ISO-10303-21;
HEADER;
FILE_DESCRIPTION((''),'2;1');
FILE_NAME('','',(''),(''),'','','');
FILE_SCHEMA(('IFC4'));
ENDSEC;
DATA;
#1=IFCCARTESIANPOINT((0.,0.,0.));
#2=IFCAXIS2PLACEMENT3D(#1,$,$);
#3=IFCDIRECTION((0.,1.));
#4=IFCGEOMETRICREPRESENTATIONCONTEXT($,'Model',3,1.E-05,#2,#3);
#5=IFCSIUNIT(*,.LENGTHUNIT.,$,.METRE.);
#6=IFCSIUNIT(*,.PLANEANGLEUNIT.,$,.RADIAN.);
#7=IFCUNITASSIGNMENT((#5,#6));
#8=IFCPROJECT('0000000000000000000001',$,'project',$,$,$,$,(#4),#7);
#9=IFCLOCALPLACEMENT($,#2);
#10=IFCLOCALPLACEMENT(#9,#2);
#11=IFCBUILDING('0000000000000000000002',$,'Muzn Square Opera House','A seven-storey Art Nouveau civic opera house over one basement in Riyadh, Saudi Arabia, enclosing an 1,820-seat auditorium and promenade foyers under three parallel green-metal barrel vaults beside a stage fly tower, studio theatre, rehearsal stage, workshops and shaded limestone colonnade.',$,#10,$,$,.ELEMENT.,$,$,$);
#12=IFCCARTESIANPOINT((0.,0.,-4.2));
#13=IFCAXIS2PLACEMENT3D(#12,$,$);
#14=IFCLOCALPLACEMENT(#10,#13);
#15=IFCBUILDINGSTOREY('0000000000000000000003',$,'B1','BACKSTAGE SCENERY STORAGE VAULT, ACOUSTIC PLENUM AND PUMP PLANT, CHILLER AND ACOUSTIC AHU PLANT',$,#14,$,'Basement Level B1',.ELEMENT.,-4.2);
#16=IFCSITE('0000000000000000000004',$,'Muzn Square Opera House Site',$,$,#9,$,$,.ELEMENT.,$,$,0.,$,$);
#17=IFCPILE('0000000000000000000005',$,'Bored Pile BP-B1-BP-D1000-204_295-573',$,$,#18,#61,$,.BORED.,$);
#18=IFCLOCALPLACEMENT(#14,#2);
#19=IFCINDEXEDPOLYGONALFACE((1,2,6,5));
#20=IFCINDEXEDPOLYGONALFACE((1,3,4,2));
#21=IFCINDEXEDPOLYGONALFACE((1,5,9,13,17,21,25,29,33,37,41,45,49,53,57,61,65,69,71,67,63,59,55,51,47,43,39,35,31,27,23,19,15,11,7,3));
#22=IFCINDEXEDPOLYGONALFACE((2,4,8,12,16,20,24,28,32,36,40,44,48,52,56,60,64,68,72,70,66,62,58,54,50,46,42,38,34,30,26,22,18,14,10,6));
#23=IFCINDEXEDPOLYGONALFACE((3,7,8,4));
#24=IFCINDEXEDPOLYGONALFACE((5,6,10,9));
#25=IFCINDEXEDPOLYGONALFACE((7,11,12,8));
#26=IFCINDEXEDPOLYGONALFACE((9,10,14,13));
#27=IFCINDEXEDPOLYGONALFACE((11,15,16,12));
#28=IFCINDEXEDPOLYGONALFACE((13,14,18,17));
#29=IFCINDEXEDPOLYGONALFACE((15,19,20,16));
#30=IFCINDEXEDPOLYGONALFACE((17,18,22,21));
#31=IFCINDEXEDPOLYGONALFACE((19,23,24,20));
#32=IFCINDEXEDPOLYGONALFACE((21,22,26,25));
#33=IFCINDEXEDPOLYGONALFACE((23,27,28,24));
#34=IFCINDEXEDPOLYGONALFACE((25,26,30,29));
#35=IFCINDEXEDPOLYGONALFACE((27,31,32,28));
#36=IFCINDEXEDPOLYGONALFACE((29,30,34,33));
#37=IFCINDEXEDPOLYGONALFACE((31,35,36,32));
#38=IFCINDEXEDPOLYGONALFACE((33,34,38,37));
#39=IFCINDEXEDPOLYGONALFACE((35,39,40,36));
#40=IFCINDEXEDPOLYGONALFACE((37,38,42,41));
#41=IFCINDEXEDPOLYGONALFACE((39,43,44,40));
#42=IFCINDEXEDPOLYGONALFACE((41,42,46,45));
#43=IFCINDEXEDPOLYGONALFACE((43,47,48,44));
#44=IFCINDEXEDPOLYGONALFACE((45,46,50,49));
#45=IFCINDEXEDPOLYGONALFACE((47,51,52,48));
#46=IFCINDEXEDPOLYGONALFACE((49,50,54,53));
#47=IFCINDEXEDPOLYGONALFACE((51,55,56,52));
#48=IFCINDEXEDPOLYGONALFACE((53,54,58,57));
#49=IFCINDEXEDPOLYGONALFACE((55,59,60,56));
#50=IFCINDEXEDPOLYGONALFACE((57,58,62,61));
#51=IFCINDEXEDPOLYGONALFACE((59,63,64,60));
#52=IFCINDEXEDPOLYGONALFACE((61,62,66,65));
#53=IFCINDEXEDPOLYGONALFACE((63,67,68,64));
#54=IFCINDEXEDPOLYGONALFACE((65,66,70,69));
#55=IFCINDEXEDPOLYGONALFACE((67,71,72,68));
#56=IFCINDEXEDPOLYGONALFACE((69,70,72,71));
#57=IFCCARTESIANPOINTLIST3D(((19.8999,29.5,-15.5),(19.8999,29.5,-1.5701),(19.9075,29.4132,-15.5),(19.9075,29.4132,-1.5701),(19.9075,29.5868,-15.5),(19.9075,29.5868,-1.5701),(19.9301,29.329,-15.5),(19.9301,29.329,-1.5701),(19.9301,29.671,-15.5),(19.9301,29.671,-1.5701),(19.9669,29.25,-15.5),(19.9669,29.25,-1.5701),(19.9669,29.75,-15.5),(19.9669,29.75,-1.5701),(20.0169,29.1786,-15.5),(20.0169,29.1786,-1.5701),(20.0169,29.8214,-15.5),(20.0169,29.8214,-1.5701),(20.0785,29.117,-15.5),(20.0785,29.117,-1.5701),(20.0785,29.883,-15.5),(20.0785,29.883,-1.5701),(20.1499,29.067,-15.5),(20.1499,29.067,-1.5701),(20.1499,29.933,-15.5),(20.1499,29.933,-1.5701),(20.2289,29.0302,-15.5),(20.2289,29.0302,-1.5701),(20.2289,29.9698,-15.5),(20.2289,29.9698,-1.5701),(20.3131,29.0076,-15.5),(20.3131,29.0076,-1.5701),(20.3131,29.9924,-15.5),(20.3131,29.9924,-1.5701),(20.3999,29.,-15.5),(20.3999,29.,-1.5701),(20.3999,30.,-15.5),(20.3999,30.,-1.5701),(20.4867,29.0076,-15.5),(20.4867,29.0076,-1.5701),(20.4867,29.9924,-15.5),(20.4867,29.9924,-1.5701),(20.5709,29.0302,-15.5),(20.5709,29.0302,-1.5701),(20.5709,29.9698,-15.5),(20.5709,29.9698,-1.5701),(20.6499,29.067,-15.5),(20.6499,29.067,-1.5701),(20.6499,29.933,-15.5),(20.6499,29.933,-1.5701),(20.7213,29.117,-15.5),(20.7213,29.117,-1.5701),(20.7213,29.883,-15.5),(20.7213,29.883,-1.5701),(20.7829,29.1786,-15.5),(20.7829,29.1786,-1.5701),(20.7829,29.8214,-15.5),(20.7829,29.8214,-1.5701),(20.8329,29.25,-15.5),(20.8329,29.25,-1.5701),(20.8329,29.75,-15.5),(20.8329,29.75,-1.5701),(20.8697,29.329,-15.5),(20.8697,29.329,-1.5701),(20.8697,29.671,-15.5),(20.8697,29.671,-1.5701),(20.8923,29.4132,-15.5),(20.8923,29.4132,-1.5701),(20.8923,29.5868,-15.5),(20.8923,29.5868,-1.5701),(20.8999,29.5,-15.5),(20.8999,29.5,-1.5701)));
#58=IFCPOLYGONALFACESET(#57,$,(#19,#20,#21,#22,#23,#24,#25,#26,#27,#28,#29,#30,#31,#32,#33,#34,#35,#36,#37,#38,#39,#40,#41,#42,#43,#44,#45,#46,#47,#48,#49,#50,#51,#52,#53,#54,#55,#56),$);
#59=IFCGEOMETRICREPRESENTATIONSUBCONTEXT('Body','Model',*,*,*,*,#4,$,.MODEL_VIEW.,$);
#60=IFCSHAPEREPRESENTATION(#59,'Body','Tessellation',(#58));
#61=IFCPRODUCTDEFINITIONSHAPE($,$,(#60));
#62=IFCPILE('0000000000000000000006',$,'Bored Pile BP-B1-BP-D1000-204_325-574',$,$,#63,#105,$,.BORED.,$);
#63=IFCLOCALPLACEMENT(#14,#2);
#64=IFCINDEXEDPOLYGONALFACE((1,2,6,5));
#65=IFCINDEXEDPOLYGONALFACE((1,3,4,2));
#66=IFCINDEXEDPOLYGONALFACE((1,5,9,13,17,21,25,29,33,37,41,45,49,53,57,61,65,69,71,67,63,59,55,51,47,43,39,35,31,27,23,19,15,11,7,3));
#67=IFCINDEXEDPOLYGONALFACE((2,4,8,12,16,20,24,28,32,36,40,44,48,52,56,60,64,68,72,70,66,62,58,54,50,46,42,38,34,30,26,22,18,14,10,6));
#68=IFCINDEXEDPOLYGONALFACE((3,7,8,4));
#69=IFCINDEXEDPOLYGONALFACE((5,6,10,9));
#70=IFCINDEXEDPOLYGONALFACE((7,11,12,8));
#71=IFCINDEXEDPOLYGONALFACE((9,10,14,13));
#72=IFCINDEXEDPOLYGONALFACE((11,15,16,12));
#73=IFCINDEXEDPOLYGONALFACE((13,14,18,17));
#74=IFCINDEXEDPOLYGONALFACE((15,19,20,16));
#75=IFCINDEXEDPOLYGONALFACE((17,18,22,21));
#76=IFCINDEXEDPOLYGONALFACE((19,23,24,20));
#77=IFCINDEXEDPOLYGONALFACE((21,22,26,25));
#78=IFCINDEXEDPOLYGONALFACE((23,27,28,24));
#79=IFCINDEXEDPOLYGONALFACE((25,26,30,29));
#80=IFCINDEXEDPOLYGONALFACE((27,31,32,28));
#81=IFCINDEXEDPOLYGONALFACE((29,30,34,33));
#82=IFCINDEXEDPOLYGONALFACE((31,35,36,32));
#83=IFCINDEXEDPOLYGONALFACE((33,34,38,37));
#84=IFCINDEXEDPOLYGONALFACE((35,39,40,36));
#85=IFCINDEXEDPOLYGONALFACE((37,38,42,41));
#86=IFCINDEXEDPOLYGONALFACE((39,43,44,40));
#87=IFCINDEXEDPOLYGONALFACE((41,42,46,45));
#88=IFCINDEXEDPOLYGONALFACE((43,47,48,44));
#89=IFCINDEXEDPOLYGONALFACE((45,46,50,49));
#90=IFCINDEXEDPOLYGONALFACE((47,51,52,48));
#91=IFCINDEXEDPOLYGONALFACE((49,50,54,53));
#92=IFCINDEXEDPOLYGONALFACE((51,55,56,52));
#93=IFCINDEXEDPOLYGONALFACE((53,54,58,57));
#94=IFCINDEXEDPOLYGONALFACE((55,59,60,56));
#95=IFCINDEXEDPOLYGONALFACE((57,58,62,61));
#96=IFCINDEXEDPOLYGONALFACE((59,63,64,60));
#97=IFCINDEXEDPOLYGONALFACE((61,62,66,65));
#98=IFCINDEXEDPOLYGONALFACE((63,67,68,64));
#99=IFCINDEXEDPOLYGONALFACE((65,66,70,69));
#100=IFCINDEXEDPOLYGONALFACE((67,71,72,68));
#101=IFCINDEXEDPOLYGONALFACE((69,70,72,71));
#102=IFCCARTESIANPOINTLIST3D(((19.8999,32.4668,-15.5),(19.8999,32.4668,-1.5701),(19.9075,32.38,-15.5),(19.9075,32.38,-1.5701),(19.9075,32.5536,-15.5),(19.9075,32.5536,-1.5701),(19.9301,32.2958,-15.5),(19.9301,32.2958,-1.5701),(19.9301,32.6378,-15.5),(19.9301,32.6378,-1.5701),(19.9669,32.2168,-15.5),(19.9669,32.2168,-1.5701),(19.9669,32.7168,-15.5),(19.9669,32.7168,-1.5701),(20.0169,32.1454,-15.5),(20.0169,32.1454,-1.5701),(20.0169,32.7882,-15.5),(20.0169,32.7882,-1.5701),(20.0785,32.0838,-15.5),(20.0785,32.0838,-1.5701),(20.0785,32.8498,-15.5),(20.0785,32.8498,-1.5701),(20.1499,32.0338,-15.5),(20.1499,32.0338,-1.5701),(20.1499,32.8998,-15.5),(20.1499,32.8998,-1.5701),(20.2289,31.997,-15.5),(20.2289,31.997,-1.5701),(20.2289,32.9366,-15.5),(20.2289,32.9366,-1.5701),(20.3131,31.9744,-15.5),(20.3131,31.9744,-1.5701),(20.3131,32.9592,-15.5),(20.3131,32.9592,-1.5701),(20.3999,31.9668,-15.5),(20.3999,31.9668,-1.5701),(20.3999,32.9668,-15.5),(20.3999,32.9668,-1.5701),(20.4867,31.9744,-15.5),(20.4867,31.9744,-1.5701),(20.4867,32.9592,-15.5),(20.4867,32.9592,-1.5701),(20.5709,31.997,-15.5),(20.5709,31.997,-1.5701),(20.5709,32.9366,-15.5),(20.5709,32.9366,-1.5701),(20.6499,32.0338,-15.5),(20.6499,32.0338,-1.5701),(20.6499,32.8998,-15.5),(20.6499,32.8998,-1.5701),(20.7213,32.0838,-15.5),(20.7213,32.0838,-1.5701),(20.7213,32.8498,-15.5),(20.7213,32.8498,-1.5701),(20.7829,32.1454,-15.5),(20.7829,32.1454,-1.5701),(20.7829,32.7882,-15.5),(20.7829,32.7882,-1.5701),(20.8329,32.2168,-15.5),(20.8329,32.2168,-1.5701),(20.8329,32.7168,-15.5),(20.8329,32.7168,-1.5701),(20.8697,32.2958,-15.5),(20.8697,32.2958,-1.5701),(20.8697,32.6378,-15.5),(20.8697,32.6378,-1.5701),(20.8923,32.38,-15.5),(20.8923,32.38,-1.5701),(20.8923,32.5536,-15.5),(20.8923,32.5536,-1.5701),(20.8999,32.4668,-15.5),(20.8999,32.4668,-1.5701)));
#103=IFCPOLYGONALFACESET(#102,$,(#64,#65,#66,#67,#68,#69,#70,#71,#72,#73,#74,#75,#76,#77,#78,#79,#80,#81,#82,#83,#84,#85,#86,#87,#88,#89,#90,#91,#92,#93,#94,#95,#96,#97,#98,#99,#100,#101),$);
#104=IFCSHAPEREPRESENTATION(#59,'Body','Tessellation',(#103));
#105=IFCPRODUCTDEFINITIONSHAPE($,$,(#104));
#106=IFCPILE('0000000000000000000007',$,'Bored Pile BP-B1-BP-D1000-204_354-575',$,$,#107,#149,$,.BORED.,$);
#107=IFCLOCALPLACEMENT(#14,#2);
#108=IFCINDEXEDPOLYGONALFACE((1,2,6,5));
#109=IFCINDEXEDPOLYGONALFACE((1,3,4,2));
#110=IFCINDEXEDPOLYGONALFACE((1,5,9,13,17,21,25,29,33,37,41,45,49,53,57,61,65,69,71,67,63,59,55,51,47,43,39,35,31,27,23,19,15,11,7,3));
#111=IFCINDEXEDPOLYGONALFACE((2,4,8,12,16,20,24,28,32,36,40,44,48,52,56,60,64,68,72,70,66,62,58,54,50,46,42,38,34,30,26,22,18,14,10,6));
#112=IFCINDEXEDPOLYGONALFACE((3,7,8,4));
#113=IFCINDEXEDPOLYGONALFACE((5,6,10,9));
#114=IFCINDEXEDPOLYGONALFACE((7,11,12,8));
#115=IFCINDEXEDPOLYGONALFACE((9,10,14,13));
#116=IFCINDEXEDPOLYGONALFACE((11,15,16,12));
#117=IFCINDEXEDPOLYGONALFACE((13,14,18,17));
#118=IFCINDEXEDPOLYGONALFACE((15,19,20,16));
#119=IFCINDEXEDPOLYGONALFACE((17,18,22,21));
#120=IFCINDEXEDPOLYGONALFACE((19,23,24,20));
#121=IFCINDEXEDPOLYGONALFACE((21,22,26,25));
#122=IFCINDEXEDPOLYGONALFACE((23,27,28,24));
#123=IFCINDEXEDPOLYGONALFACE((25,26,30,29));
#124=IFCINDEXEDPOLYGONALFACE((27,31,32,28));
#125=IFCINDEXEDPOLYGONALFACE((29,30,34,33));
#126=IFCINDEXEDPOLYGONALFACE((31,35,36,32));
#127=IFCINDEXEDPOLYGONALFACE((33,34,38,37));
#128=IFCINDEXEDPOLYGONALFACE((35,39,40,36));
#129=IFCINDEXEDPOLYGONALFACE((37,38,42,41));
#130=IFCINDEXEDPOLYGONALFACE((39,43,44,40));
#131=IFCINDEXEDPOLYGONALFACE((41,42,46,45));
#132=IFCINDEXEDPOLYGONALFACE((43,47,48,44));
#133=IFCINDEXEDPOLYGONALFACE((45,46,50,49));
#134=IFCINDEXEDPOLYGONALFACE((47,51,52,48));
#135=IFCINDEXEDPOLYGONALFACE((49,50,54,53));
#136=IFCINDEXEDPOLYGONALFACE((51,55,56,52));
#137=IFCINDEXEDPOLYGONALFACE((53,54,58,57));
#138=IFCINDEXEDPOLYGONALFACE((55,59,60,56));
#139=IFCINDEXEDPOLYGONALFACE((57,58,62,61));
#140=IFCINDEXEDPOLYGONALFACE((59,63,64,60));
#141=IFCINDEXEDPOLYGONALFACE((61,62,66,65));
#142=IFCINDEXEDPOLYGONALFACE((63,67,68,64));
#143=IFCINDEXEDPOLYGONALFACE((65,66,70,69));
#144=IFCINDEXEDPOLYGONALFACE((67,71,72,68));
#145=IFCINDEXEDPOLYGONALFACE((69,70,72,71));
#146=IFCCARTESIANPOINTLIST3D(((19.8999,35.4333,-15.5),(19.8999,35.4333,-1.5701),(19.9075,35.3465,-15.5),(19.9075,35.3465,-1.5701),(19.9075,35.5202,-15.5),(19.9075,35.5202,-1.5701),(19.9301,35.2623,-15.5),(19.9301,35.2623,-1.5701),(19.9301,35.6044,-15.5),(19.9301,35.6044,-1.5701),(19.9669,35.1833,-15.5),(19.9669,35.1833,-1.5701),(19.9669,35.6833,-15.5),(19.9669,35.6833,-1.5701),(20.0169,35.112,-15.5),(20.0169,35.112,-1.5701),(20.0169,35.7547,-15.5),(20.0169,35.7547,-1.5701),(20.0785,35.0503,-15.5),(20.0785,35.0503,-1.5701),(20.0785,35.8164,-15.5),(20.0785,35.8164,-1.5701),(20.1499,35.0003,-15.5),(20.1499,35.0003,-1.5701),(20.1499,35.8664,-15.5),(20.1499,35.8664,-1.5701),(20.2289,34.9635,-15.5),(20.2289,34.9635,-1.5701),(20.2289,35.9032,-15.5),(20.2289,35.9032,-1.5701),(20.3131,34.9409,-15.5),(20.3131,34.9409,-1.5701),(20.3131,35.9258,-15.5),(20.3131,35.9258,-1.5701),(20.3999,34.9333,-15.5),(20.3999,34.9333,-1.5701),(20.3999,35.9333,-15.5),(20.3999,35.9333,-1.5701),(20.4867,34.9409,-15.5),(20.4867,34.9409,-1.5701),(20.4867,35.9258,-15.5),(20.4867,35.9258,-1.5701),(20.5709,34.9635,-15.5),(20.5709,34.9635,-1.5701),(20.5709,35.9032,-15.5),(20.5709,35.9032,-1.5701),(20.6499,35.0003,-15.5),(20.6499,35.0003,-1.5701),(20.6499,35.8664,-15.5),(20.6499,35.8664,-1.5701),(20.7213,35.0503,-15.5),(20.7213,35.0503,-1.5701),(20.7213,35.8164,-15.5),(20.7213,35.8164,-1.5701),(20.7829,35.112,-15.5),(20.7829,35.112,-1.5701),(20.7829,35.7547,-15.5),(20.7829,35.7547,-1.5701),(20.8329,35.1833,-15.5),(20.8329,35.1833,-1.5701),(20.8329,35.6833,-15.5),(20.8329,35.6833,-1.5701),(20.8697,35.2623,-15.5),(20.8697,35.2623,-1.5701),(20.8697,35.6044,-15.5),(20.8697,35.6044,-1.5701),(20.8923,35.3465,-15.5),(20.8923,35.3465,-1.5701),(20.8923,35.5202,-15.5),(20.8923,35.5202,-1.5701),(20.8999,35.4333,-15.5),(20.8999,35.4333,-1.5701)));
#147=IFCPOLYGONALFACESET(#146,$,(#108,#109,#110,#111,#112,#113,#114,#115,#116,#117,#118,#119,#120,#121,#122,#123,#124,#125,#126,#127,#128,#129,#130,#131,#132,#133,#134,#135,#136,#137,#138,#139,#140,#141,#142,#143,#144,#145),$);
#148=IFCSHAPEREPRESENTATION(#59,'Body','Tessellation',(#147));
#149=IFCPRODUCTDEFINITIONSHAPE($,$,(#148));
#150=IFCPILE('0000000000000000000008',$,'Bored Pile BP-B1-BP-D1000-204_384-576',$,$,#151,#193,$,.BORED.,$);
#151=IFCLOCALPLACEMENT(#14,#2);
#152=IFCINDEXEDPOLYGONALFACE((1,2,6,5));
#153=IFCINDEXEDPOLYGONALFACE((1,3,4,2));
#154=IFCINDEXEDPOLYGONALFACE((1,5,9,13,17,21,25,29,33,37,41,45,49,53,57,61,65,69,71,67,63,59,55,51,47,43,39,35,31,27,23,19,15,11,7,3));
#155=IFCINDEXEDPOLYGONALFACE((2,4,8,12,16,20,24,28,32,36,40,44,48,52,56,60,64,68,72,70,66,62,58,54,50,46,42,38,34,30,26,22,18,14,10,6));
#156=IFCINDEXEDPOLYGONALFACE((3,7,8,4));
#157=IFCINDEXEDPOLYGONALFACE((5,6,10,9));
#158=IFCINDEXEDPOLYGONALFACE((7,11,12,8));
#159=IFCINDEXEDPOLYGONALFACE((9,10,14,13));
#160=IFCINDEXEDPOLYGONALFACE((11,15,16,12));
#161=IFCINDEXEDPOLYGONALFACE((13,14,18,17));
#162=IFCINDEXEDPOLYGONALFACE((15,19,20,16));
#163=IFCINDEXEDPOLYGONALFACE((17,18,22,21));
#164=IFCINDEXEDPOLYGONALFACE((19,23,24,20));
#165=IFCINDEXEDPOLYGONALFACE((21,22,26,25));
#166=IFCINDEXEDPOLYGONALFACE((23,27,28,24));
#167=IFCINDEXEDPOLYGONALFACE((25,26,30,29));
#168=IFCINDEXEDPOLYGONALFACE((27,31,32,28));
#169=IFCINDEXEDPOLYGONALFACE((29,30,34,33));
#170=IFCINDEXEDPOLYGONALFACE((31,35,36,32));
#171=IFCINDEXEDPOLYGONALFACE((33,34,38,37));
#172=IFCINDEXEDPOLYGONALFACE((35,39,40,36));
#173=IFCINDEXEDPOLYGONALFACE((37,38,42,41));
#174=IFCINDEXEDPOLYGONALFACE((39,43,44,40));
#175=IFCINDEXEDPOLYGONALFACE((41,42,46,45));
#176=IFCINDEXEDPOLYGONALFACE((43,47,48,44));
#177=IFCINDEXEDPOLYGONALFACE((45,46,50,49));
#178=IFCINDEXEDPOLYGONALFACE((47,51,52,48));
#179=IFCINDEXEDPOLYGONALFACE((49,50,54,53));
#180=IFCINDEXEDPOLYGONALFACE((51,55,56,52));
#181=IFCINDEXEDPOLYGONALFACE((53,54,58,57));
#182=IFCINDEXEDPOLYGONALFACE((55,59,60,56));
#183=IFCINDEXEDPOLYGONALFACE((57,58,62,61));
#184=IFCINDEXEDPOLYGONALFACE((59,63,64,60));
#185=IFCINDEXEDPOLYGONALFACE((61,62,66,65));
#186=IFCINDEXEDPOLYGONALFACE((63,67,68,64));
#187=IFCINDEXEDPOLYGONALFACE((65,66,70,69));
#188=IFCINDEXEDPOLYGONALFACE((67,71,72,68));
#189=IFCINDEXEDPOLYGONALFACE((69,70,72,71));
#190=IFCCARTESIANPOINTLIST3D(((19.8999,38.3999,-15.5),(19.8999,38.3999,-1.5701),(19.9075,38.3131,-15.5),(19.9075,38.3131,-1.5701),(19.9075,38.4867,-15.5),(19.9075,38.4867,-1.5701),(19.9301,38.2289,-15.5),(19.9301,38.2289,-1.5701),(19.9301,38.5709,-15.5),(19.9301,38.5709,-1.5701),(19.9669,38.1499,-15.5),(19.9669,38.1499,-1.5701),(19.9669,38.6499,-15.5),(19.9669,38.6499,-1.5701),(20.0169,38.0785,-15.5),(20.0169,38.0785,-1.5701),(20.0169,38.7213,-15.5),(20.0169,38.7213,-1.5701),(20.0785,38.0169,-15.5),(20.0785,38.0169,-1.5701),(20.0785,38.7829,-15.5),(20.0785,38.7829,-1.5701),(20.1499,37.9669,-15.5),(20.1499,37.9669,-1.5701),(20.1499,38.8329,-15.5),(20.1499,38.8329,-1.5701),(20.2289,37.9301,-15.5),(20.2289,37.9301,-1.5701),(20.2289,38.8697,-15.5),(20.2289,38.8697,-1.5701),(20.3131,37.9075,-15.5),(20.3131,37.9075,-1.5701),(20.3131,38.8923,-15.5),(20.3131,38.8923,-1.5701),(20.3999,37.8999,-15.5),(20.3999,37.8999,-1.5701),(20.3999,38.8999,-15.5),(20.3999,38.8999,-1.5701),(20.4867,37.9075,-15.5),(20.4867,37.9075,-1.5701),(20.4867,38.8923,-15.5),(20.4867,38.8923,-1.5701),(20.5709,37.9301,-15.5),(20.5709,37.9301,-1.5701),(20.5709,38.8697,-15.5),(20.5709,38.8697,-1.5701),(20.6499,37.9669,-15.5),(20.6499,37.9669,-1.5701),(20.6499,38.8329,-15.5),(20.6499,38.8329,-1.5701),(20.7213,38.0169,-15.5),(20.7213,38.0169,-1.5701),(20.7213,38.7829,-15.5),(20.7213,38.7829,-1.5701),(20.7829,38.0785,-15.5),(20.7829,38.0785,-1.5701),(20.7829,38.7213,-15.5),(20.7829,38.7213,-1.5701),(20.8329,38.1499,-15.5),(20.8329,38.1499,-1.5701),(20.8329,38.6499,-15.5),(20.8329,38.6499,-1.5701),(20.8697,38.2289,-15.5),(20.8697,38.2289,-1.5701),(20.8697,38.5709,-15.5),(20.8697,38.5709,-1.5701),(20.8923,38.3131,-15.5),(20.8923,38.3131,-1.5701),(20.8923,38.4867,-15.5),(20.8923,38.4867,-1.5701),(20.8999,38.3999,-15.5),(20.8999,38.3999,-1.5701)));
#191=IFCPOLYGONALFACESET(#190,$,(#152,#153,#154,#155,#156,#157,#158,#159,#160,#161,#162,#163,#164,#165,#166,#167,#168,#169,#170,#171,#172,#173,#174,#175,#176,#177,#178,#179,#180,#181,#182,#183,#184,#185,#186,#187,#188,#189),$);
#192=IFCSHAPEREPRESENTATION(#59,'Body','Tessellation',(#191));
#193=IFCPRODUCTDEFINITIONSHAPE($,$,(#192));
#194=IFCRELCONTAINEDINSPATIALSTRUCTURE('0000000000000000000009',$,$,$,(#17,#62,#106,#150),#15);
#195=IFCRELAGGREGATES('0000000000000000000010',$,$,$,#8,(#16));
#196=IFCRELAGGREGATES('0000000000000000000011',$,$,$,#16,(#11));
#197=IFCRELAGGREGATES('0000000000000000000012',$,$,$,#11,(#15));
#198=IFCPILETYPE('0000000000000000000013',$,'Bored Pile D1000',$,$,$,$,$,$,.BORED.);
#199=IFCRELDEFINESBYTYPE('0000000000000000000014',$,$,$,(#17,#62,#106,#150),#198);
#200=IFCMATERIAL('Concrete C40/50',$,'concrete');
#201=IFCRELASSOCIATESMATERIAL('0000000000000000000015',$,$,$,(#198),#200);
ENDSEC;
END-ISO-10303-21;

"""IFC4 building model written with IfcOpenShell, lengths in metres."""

from ifc_helpers import new_model, si_unit, direction, frame, origin, origin_2d, place, context, subcontext, project, spatial, circle, extrude, material, material_profile, profile_set, type_object, element, save


model = new_model("IFC4")

# Units and contexts
model_context = context("Model", 3, precision=1e-05, world=origin(), true_north=direction((0.0, 1.0)))
body_context = subcontext(model_context, "Body", "Model", "MODEL_VIEW")
ifc_project = project(units=[si_unit("LENGTHUNIT", "METRE"), si_unit("PLANEANGLEUNIT", "RADIAN")], contexts=[model_context])

# Site, building, storey
site_placement = place(None, origin())
site = spatial("IfcSite", under=ifc_project, at=site_placement, Name="Muzn Square Opera House Site", CompositionType="ELEMENT", RefElevation=0.0)
building_placement = place(site_placement, origin())
building = spatial("IfcBuilding", under=site, at=building_placement, Name="Muzn Square Opera House", Description="A seven-storey Art Nouveau civic opera house over one basement in Riyadh, Saudi Arabia, enclosing an 1,820-seat auditorium and promenade foyers under three parallel green-metal barrel vaults beside a stage fly tower, studio theatre, rehearsal stage, workshops and shaded limestone colonnade.", CompositionType="ELEMENT")
storey_placement = place(building_placement, frame((0.0, 0.0, -4.2)))
storey = spatial("IfcBuildingStorey", under=building, at=storey_placement, Name="B1", Description="BACKSTAGE SCENERY STORAGE VAULT, ACOUSTIC PLENUM AND PUMP PLANT, CHILLER AND ACOUSTIC AHU PLANT", LongName="Basement Level B1", CompositionType="ELEMENT", Elevation=-4.2)

# Piles
ifc_material_1 = material(Name="Concrete C40/50", Category="concrete")
ifc_material_profile_1 = material_profile(ifc_material_1, circle(Radius=0.5, at=origin_2d()), Name="BORED PILE D1000", Category="concrete")
ifc_profile_set_1 = profile_set([ifc_material_profile_1], Name="Concrete C40/50")
pile_type = type_object("IfcPileType", Name="Bored Pile D1000", PredefinedType="BORED", material=ifc_profile_set_1)
for number, where, z_axis, x_axis, name in (
    (1, (20.3999, 29.5, -1.5701), (0.0, 0.0, -1.0), (1.0, 0.0, 0.0), "Bored Pile BP-B1-BP-D1000-204_295-573"),
    (2, (20.3999, 32.4668, -1.5701), (0.0, 0.0, -1.0), (1.0, 0.0, 0.0), "Bored Pile BP-B1-BP-D1000-204_325-574"),
    (3, (20.3999, 35.4333, -1.5701), (0.0, 0.0, -1.0), (1.0, 0.0, 0.0), "Bored Pile BP-B1-BP-D1000-204_354-575"),
    (4, (20.3999, 38.3999, -1.5701), (0.0, 0.0, -1.0), (1.0, 0.0, 0.0), "Bored Pile BP-B1-BP-D1000-204_384-576"),
):
    element("IfcPile", number, at=place(storey_placement, frame(where, z_axis=z_axis, x_axis=x_axis)), inside=storey, type_object=pile_type, Name=name, PredefinedType="BORED", context=body_context, shape_type="SweptSolid", body=[
        extrude(circle(Radius=0.5, at=origin_2d()), origin(), (0.0, 0.0, 1.0), 13.9299),
    ])

save(model, "model.ifc")
